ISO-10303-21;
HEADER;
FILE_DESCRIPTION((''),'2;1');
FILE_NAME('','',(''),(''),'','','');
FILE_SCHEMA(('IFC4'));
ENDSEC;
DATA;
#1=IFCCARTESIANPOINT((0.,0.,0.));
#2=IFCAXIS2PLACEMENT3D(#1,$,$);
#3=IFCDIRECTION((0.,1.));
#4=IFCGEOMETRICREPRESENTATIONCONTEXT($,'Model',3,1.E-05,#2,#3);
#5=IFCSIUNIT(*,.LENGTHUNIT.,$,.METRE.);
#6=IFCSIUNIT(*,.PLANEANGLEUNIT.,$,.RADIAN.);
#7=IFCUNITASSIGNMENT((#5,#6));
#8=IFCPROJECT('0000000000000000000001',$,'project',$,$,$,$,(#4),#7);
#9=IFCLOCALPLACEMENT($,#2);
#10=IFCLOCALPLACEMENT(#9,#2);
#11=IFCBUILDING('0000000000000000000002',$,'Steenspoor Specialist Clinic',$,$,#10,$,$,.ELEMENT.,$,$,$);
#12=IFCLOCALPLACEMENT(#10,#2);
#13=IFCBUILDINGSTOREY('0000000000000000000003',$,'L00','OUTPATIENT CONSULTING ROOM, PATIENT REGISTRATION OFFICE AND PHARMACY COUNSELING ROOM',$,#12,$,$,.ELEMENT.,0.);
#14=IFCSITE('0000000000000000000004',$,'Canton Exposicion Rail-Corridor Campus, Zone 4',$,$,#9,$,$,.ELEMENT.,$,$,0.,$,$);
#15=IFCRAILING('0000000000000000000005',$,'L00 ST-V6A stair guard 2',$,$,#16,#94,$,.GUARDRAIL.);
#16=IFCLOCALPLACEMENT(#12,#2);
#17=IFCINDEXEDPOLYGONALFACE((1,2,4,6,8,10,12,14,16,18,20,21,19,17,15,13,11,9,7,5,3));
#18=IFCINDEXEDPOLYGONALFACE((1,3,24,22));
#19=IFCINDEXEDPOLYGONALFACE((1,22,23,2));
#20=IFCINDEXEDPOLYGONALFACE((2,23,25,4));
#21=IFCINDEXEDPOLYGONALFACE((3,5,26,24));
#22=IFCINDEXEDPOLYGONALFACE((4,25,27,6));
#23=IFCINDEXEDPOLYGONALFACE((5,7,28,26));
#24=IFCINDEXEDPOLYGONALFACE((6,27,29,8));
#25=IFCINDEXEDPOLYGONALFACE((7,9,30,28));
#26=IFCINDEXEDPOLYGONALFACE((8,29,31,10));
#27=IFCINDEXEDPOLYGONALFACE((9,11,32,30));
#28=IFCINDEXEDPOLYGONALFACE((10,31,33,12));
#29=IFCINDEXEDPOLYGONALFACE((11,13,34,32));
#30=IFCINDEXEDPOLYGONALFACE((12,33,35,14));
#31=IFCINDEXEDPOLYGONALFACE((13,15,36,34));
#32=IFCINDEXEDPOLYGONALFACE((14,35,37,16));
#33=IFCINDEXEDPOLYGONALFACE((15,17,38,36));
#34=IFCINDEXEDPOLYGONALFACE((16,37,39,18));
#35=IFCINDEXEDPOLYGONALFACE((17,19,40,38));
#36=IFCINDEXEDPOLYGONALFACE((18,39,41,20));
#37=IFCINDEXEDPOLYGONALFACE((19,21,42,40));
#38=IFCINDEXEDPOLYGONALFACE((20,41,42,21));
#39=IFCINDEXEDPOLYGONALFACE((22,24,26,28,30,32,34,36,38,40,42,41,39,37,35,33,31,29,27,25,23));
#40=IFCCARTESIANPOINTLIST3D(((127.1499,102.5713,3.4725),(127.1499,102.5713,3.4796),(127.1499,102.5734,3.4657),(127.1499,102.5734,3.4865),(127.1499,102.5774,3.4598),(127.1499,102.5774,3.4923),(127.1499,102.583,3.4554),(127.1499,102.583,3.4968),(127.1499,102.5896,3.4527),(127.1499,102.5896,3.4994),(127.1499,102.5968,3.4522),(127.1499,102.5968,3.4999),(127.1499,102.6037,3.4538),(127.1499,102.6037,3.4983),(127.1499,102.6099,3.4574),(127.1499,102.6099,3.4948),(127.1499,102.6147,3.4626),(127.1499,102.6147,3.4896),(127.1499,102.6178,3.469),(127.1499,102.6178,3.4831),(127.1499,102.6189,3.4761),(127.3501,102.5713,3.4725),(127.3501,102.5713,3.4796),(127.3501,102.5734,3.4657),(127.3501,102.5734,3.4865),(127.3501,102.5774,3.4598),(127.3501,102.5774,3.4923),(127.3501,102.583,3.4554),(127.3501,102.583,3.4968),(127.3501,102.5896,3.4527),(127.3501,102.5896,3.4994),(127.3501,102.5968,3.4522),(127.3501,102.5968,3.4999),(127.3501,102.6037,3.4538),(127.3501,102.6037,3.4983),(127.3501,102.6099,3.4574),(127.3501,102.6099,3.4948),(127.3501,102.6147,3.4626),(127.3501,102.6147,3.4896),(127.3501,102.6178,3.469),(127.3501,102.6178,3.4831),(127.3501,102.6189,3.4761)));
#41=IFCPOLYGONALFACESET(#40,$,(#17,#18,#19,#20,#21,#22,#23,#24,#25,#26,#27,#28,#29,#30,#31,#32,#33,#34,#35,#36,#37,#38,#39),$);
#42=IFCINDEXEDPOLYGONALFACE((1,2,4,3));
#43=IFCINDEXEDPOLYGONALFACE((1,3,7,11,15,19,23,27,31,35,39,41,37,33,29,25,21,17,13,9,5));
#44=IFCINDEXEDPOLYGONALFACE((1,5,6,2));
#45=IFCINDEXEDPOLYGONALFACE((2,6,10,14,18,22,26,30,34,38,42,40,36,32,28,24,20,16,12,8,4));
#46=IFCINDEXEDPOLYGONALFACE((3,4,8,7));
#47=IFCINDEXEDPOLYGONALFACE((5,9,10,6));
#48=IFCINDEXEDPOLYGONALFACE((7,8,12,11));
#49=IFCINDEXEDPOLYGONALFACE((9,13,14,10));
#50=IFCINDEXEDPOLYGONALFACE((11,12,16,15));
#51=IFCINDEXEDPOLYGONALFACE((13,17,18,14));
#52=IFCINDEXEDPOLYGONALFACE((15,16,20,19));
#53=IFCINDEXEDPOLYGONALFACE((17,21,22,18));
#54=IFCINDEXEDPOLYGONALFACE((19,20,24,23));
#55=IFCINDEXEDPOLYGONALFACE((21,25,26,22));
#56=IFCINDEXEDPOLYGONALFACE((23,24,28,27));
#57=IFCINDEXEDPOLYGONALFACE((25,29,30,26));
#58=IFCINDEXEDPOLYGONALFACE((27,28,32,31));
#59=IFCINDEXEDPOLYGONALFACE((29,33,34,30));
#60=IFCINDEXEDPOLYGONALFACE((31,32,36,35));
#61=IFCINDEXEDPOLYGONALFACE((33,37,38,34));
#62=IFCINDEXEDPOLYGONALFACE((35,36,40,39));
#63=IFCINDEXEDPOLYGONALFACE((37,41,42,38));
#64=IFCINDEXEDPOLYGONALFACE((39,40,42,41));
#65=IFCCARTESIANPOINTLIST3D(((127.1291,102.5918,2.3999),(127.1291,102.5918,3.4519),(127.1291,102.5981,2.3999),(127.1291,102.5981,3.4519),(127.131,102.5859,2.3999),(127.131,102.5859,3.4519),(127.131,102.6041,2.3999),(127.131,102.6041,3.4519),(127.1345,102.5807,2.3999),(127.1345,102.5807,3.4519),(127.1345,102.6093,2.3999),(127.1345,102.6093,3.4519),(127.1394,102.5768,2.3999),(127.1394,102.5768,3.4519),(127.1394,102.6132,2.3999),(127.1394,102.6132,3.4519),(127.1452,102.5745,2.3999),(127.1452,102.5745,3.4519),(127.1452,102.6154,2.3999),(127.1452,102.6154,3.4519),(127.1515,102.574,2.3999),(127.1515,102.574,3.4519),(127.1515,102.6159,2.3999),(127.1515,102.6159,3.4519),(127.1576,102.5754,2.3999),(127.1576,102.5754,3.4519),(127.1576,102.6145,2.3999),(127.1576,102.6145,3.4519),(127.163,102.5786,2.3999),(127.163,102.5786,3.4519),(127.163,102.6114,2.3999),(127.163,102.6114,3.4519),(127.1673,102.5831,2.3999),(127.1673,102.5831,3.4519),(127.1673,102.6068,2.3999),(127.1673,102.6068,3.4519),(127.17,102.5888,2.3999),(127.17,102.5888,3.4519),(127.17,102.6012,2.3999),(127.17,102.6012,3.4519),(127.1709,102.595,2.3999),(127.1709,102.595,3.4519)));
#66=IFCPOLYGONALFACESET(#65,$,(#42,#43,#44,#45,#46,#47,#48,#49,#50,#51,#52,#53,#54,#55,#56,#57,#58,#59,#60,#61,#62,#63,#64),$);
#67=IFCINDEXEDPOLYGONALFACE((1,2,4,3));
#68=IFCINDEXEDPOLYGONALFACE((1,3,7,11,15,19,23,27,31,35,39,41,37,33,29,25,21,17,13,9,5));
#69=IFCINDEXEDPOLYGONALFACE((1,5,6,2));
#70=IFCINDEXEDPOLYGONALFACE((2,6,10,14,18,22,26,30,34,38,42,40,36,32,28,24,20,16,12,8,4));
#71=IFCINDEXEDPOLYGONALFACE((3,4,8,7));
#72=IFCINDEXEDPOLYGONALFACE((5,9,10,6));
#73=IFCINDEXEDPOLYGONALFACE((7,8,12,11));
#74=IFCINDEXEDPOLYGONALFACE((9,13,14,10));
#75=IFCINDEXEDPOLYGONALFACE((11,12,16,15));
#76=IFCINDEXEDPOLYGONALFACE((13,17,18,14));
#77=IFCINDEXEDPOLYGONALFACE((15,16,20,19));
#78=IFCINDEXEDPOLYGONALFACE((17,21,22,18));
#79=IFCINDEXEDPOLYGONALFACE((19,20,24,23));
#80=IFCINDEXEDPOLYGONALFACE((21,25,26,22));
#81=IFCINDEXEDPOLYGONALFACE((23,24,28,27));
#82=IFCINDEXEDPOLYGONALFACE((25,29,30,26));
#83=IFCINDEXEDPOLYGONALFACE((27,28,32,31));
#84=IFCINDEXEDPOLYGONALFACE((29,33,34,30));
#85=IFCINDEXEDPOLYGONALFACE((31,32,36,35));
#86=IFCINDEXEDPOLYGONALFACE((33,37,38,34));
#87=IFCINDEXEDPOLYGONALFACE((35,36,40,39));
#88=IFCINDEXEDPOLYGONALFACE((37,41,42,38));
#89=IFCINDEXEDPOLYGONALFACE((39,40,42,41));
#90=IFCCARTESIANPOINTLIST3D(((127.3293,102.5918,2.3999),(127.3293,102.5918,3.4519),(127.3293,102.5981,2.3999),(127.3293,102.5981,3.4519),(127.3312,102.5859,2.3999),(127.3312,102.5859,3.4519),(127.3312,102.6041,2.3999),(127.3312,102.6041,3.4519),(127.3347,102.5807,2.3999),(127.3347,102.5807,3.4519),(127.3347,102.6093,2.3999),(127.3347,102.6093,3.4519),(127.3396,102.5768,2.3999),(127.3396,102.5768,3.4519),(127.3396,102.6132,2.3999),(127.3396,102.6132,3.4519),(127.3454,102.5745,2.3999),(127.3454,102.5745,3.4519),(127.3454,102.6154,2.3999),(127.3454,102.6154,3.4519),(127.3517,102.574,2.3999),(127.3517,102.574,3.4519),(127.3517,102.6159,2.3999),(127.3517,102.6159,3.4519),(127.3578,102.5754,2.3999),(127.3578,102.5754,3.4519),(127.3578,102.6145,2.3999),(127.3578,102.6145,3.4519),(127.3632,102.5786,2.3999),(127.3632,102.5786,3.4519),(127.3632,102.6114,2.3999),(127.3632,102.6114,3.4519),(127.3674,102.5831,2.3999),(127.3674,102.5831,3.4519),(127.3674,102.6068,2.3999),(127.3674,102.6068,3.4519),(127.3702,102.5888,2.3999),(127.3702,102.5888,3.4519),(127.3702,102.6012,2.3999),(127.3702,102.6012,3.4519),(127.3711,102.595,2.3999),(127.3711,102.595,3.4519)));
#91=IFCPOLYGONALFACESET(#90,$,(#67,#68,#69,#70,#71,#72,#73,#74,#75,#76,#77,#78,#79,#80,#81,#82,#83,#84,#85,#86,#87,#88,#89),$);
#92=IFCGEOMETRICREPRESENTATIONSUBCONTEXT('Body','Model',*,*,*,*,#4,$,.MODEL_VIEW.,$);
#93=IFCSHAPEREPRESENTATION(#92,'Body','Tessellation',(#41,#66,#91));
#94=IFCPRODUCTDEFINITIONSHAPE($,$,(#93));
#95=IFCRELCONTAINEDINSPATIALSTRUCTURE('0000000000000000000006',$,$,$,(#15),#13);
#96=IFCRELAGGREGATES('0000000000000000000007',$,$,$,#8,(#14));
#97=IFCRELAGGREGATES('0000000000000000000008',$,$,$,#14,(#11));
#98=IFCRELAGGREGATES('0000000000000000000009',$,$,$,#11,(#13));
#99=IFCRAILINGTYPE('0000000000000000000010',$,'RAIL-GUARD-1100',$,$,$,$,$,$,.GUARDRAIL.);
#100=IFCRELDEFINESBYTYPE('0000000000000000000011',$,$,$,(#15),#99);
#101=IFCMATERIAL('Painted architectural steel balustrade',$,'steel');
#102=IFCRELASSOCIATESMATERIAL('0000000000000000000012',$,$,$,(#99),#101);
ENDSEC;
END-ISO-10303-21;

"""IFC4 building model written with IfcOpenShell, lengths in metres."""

from ifc_helpers import new_model, si_unit, direction, frame, origin, origin_2d, place, context, subcontext, project, spatial, circle, extrude, material, type_object, element, save


model = new_model("IFC4")

# Units and contexts
model_context = context("Model", 3, precision=1e-05, world=origin(), true_north=direction((0.0, 1.0)))
body_context = subcontext(model_context, "Body", "Model", "MODEL_VIEW")
ifc_project = project(units=[si_unit("LENGTHUNIT", "METRE"), si_unit("PLANEANGLEUNIT", "RADIAN")], contexts=[model_context])

# Site, building, storey
site_placement = place(None, origin())
site = spatial("IfcSite", under=ifc_project, at=site_placement, Name="Canton Exposicion Rail-Corridor Campus, Zone 4", CompositionType="ELEMENT", RefElevation=0.0)
building_placement = place(site_placement, origin())
building = spatial("IfcBuilding", under=site, at=building_placement, Name="Steenspoor Specialist Clinic", CompositionType="ELEMENT")
storey_placement = place(building_placement, origin())
storey = spatial("IfcBuildingStorey", under=building, at=storey_placement, Name="L00", Description="OUTPATIENT CONSULTING ROOM, PATIENT REGISTRATION OFFICE AND PHARMACY COUNSELING ROOM", CompositionType="ELEMENT", Elevation=0.0)

# Railing
ifc_material_1 = material(Name="Painted architectural steel balustrade", Category="steel")
railing_type_1 = type_object("IfcRailingType", Name="RAIL-GUARD-1100", PredefinedType="GUARDRAIL", material=ifc_material_1)
railing_1_placement = place(storey_placement, frame((127.1499, 102.595, 2.3999)))
element("IfcRailing", 1, at=railing_1_placement, inside=storey, type_object=railing_type_1, Name="L00 ST-V6A stair guard 2", PredefinedType="GUARDRAIL", context=body_context, shape_type="SweptSolid", body=[
    extrude(circle(Radius=0.0239, at=origin_2d()), frame((0.0, 0.0, 1.0762), z_axis=(1.0, 0.0, 0.0), x_axis=(0.0, 1.0, 0.0)), (0.0, 0.0, 1.0), 0.2002),
    extrude(circle(Radius=0.021, at=origin_2d()), origin(), (0.0, 0.0, 1.0), 1.052),
    extrude(circle(Radius=0.021, at=origin_2d()), frame((0.2002, 0.0, 0.0)), (0.0, 0.0, 1.0), 1.052),
])

save(model, "model.ifc")
